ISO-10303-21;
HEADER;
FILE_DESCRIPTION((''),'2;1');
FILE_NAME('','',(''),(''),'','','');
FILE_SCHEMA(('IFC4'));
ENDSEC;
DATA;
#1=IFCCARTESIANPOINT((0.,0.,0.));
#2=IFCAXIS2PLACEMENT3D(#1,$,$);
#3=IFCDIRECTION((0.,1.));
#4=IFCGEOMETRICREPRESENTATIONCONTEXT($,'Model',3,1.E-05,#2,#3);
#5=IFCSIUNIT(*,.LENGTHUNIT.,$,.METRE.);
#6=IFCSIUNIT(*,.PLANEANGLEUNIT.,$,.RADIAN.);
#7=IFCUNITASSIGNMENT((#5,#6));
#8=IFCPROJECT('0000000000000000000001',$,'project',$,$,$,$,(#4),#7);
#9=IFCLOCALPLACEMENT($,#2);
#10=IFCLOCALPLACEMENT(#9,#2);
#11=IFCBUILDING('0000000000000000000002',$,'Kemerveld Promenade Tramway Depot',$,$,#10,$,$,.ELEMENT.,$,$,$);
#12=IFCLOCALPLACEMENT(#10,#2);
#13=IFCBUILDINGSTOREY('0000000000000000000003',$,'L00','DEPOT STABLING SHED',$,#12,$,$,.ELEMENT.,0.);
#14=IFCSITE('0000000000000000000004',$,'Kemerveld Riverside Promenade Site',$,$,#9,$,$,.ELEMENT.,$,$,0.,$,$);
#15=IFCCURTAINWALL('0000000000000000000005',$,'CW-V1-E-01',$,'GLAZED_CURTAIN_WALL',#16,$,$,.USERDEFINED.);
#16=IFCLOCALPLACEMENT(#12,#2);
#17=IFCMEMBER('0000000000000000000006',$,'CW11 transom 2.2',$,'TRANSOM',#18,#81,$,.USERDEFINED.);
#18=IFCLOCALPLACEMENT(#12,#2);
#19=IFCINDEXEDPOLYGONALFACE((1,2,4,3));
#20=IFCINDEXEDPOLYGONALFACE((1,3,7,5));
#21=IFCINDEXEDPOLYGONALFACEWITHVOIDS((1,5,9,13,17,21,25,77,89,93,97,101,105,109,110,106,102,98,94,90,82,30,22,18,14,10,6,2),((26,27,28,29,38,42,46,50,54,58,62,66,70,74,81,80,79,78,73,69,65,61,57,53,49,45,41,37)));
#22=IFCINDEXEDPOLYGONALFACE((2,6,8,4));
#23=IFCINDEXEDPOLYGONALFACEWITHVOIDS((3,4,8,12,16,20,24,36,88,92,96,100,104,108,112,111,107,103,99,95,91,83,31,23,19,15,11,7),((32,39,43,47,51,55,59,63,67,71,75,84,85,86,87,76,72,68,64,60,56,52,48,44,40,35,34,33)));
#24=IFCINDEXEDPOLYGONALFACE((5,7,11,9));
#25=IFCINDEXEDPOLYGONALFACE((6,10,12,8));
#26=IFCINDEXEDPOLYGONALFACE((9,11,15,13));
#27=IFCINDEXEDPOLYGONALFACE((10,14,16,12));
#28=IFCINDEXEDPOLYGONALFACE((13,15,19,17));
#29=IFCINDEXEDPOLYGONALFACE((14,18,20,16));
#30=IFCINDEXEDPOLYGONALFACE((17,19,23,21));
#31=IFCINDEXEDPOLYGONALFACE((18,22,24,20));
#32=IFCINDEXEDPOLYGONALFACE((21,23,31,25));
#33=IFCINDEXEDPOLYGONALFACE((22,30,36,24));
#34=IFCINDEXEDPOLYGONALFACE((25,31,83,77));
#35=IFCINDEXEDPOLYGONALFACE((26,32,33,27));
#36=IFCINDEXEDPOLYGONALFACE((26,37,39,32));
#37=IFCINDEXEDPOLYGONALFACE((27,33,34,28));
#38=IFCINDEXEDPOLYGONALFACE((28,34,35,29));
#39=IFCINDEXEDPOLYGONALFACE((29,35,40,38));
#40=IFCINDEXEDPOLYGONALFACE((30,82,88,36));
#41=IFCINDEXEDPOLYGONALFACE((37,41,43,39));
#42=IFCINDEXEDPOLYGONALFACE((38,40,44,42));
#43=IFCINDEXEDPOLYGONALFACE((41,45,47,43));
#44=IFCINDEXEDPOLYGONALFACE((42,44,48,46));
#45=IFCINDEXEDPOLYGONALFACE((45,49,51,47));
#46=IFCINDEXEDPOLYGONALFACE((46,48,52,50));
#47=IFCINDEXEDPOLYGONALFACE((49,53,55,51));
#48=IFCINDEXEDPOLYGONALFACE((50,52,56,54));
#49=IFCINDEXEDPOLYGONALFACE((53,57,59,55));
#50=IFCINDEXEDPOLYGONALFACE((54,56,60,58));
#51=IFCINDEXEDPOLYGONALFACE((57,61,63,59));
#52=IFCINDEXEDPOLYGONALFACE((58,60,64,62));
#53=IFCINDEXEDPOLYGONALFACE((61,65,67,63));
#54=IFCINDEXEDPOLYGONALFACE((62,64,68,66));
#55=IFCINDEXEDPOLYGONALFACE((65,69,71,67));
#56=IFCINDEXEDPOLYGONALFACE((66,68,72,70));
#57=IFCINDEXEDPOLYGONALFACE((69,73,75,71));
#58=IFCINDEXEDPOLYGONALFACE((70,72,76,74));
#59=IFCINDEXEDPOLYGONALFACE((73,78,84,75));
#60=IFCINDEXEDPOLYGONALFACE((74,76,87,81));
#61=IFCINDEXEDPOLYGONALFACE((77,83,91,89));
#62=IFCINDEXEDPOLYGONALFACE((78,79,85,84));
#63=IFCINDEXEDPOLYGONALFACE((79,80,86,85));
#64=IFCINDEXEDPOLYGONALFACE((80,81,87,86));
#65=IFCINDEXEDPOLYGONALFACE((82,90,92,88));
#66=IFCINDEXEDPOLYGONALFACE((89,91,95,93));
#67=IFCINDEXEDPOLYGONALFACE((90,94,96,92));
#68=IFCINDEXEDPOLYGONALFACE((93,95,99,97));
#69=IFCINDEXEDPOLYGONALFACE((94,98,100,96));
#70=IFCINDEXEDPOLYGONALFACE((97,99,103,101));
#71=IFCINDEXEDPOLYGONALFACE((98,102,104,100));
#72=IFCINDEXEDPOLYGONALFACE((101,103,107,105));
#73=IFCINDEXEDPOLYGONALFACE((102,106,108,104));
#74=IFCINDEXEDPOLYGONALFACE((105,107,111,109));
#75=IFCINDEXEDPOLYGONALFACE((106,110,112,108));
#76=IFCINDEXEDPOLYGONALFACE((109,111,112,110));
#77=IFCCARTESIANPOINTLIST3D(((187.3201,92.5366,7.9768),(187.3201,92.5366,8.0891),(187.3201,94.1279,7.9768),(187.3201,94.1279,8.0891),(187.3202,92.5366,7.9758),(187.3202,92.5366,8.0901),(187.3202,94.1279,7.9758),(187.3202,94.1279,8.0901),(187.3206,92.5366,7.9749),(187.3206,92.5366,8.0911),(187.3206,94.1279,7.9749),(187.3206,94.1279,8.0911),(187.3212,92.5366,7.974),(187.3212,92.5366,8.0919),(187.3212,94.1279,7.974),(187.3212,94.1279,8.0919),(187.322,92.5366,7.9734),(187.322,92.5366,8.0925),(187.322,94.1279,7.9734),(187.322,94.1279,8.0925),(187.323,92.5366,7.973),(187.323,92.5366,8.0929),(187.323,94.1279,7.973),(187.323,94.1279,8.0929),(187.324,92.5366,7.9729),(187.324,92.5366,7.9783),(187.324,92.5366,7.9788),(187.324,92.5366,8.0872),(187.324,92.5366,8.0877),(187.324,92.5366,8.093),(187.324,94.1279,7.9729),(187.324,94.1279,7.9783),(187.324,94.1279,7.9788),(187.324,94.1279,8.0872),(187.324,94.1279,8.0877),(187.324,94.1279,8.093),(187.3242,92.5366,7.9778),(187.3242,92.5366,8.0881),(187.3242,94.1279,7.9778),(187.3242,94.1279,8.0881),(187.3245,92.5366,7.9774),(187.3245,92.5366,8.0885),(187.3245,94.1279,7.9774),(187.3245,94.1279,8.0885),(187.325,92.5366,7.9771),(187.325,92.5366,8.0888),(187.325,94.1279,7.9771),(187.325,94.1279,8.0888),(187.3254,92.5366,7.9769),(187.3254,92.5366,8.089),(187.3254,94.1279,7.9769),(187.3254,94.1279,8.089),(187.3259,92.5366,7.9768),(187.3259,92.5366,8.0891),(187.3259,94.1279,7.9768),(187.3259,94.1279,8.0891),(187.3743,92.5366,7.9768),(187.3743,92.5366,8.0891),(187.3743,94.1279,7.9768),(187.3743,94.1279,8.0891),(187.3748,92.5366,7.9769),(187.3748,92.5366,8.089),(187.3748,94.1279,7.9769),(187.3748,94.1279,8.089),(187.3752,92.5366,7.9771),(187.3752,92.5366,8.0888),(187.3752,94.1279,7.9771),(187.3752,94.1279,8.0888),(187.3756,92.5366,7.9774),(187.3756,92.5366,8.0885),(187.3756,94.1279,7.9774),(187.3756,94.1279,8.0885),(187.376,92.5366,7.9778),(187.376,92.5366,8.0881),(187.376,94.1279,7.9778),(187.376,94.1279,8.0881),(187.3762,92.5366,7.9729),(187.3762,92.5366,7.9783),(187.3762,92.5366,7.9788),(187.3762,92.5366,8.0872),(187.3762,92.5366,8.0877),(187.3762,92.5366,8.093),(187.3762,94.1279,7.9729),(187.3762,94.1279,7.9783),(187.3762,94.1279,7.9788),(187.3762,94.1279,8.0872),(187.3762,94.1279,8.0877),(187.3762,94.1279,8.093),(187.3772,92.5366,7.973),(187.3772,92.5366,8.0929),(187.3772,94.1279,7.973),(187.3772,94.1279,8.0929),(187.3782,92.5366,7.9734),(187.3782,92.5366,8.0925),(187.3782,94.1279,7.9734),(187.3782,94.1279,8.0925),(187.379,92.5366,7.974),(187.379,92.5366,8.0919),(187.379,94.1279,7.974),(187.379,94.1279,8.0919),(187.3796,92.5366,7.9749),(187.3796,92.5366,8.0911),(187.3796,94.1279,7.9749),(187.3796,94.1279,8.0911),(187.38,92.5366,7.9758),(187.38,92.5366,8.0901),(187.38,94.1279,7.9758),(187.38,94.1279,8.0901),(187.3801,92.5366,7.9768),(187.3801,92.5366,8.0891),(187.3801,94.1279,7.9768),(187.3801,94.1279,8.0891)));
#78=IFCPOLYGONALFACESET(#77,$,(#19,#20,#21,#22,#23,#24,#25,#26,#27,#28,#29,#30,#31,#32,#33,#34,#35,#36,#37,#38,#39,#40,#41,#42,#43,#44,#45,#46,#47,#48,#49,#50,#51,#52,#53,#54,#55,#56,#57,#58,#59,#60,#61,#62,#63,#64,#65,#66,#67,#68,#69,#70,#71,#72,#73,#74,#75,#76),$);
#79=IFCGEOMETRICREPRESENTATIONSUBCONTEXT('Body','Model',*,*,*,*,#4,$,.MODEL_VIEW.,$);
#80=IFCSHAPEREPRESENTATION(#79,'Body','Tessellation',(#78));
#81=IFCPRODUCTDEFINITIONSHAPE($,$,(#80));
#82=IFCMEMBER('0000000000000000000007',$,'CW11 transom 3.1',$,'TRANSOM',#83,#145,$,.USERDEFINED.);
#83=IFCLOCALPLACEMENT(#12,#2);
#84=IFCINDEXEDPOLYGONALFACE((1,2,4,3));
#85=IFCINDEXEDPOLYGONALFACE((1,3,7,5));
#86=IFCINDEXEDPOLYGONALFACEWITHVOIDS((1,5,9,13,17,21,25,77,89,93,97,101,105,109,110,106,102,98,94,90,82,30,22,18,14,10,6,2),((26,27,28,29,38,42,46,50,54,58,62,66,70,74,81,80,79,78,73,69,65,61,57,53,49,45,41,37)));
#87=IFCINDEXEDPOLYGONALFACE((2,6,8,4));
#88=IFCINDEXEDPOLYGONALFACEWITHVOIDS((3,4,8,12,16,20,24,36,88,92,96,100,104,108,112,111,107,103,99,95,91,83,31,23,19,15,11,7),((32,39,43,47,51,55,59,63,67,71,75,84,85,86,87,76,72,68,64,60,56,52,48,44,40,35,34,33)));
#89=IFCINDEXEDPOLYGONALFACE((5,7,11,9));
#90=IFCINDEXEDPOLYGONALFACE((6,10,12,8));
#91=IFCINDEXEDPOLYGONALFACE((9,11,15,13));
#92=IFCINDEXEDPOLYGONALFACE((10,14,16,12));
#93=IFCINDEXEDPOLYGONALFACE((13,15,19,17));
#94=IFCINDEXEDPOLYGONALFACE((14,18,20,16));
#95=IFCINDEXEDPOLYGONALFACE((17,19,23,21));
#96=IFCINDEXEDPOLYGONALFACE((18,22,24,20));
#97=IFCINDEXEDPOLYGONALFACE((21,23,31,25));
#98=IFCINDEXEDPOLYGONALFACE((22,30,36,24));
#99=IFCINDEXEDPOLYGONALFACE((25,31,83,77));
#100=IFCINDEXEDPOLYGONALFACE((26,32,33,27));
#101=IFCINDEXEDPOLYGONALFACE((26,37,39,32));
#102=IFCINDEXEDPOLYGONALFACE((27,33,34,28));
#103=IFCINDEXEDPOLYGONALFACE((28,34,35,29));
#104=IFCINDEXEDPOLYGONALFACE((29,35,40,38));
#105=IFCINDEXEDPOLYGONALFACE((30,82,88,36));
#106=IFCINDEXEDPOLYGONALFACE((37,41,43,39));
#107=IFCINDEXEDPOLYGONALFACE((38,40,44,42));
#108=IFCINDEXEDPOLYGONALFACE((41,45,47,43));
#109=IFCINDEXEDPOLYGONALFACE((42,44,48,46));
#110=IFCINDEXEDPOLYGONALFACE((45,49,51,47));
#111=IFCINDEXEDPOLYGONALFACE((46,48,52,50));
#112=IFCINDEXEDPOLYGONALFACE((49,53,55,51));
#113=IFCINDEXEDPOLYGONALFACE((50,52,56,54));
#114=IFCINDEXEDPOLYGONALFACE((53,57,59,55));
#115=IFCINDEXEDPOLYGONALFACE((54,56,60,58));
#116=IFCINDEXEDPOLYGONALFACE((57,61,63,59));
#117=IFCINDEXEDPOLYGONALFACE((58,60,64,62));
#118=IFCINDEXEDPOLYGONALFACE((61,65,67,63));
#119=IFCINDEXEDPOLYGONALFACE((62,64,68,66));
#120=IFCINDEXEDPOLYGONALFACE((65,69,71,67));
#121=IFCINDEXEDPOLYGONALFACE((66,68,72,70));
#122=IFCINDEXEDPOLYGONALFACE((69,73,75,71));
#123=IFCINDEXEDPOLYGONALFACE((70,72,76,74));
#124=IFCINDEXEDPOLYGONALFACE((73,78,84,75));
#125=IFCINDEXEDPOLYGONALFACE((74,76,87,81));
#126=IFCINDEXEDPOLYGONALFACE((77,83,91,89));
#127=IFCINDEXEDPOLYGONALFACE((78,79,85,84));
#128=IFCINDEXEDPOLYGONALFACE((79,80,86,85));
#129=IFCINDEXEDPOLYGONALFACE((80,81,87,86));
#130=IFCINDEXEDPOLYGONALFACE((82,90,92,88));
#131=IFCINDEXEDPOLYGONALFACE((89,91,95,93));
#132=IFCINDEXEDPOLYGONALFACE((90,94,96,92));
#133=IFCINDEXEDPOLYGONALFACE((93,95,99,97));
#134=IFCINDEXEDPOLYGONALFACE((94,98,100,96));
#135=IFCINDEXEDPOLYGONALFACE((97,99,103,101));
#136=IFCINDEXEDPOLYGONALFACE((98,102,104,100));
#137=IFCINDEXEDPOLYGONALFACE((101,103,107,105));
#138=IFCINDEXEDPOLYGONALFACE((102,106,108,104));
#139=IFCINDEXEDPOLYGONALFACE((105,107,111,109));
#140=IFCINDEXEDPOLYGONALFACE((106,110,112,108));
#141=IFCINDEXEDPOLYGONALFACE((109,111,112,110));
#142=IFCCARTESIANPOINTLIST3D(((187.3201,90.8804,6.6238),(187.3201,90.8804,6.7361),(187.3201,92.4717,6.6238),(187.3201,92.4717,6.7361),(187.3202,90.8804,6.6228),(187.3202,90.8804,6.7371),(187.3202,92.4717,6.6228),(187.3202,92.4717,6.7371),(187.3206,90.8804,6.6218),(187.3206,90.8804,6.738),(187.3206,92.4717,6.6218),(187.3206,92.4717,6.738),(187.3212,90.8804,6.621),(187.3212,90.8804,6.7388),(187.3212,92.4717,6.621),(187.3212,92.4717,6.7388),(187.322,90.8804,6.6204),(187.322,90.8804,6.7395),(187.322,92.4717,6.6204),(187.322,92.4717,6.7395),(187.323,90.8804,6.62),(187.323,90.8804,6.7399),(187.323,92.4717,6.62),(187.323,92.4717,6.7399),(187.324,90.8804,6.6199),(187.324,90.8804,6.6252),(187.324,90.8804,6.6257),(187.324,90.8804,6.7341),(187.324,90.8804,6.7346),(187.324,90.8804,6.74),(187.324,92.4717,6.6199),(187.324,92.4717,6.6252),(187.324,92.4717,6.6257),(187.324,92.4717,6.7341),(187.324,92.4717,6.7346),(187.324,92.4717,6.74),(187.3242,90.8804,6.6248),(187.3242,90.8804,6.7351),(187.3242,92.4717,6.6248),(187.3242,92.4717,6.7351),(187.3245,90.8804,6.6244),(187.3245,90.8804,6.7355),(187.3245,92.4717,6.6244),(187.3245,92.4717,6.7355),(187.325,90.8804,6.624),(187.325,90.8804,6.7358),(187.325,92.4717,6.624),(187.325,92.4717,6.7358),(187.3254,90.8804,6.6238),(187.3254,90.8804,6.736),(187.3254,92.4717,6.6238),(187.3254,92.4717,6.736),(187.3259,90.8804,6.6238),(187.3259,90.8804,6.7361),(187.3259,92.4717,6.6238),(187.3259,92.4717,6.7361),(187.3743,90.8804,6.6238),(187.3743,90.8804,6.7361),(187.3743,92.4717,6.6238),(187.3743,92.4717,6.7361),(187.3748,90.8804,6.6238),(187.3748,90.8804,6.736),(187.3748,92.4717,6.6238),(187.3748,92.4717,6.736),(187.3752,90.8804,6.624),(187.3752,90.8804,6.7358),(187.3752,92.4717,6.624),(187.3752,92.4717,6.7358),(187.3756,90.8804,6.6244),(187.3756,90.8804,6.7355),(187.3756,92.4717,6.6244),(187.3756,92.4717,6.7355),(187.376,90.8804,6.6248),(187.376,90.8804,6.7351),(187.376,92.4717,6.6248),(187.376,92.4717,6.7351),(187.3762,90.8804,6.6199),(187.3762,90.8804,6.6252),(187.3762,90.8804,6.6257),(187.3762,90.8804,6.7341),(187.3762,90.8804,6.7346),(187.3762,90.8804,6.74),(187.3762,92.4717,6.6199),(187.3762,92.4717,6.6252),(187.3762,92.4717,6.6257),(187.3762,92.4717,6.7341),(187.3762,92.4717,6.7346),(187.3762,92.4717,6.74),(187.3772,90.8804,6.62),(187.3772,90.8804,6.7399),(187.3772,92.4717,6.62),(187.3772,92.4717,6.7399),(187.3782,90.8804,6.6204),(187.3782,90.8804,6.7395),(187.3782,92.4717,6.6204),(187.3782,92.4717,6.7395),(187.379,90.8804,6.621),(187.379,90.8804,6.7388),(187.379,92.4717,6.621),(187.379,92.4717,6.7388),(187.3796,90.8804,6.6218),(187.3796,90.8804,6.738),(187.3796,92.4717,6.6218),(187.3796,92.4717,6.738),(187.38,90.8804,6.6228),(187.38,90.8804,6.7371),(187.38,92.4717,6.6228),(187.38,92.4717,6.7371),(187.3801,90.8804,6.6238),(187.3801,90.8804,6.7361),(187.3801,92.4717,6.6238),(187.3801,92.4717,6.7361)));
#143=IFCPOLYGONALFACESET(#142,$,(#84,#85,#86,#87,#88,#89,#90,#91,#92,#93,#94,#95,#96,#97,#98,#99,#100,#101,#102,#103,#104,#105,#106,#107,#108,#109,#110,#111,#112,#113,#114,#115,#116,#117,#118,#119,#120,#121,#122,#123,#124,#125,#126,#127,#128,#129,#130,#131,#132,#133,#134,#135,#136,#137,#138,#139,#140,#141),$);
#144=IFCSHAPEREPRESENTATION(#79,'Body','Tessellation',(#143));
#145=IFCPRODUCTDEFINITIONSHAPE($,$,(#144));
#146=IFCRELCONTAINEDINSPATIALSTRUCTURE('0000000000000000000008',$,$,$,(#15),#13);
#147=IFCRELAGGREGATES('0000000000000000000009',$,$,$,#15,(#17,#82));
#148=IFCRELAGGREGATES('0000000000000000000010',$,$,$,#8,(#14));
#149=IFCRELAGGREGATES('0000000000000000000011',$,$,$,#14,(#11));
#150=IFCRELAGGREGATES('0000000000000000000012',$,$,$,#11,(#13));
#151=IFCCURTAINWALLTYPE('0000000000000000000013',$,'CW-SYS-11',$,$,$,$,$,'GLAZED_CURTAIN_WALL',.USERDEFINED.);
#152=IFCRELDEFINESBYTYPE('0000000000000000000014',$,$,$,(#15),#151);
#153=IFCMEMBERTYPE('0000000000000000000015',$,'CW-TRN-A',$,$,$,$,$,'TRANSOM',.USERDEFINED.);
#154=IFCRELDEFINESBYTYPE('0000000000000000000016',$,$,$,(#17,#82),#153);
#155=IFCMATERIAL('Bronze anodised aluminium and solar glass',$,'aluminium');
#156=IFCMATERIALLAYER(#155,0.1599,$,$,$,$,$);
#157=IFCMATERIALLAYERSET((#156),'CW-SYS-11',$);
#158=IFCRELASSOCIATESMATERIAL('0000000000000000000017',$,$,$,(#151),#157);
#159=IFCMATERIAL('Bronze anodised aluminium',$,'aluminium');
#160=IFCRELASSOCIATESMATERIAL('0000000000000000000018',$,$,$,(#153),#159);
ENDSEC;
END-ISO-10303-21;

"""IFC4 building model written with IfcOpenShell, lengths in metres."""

from ifc_helpers import new_model, si_unit, direction, frame, origin, origin_2d, place, context, subcontext, project, spatial, hollow_rectangle, extrude, material, layer, layer_set, material_profile, profile_set, type_object, element, aggregate, save


model = new_model("IFC4")

# Units and contexts
model_context = context("Model", 3, precision=1e-05, world=origin(), true_north=direction((0.0, 1.0)))
body_context = subcontext(model_context, "Body", "Model", "MODEL_VIEW")
ifc_project = project(units=[si_unit("LENGTHUNIT", "METRE"), si_unit("PLANEANGLEUNIT", "RADIAN")], contexts=[model_context])

# Site, building, storey
site_placement = place(None, origin())
site = spatial("IfcSite", under=ifc_project, at=site_placement, Name="Kemerveld Riverside Promenade Site", CompositionType="ELEMENT", RefElevation=0.0)
building_placement = place(site_placement, origin())
building = spatial("IfcBuilding", under=site, at=building_placement, Name="Kemerveld Promenade Tramway Depot", CompositionType="ELEMENT")
storey_placement = place(building_placement, origin())
storey = spatial("IfcBuildingStorey", under=building, at=storey_placement, Name="L00", Description="DEPOT STABLING SHED", CompositionType="ELEMENT", Elevation=0.0)

# Curtain wall, members
ifc_material_1 = material(Name="Bronze anodised aluminium and solar glass", Category="aluminium")
ifc_layer_1 = layer(ifc_material_1, 0.1599)
ifc_layer_set_1 = layer_set([ifc_layer_1], Name="CW-SYS-11")
curtain_wall_type = type_object("IfcCurtainWallType", Name="CW-SYS-11", ElementType="GLAZED_CURTAIN_WALL", PredefinedType="USERDEFINED", material=ifc_layer_set_1)
curtain_wall_placement = place(storey_placement, origin())
curtain_wall = element("IfcCurtainWall", 1, at=curtain_wall_placement, inside=storey, type_object=curtain_wall_type, Name="CW-V1-E-01", ObjectType="GLAZED_CURTAIN_WALL", PredefinedType="USERDEFINED")
ifc_material_2 = material(Name="Bronze anodised aluminium", Category="aluminium")
ifc_material_profile_1 = material_profile(ifc_material_2, hollow_rectangle(XDim=0.0601, YDim=0.1201, WallThickness=0.0039, InnerFilletRadius=0.002, OuterFilletRadius=0.0039, at=origin_2d()), Name="CW-TRN-120x60")
ifc_profile_set_1 = profile_set([ifc_material_profile_1], Name="Bronze anodised aluminium")
member_type_1 = type_object("IfcMemberType", Name="CW-TRN-A", ElementType="TRANSOM", PredefinedType="USERDEFINED", material=ifc_profile_set_1)
member_1_placement = place(storey_placement, frame((187.3501, 94.1279, 8.033), z_axis=(0.0, -1.0, 0.0), x_axis=(1.0, 0.0, 0.0)))
member_1 = element("IfcMember", 2, at=member_1_placement, type_object=member_type_1, Name="CW11 transom 2.2", ObjectType="TRANSOM", PredefinedType="USERDEFINED", context=body_context, shape_type="SweptSolid", body=[
    extrude(hollow_rectangle(XDim=0.0601, YDim=0.1201, WallThickness=0.0039, InnerFilletRadius=0.002, OuterFilletRadius=0.0039, at=origin_2d()), origin(), (0.0, 0.0, 1.0), 1.5913),
])
member_2_placement = place(storey_placement, frame((187.3501, 92.4717, 6.6799), z_axis=(0.0, -1.0, 0.0), x_axis=(1.0, 0.0, 0.0)))
member_2 = element("IfcMember", 3, at=member_2_placement, type_object=member_type_1, Name="CW11 transom 3.1", ObjectType="TRANSOM", PredefinedType="USERDEFINED", context=body_context, shape_type="SweptSolid", body=[
    extrude(hollow_rectangle(XDim=0.0601, YDim=0.1201, WallThickness=0.0039, InnerFilletRadius=0.002, OuterFilletRadius=0.0039, at=origin_2d()), origin(), (0.0, 0.0, 1.0), 1.5913),
])
aggregate(curtain_wall, [member_1, member_2])

save(model, "model.ifc")
